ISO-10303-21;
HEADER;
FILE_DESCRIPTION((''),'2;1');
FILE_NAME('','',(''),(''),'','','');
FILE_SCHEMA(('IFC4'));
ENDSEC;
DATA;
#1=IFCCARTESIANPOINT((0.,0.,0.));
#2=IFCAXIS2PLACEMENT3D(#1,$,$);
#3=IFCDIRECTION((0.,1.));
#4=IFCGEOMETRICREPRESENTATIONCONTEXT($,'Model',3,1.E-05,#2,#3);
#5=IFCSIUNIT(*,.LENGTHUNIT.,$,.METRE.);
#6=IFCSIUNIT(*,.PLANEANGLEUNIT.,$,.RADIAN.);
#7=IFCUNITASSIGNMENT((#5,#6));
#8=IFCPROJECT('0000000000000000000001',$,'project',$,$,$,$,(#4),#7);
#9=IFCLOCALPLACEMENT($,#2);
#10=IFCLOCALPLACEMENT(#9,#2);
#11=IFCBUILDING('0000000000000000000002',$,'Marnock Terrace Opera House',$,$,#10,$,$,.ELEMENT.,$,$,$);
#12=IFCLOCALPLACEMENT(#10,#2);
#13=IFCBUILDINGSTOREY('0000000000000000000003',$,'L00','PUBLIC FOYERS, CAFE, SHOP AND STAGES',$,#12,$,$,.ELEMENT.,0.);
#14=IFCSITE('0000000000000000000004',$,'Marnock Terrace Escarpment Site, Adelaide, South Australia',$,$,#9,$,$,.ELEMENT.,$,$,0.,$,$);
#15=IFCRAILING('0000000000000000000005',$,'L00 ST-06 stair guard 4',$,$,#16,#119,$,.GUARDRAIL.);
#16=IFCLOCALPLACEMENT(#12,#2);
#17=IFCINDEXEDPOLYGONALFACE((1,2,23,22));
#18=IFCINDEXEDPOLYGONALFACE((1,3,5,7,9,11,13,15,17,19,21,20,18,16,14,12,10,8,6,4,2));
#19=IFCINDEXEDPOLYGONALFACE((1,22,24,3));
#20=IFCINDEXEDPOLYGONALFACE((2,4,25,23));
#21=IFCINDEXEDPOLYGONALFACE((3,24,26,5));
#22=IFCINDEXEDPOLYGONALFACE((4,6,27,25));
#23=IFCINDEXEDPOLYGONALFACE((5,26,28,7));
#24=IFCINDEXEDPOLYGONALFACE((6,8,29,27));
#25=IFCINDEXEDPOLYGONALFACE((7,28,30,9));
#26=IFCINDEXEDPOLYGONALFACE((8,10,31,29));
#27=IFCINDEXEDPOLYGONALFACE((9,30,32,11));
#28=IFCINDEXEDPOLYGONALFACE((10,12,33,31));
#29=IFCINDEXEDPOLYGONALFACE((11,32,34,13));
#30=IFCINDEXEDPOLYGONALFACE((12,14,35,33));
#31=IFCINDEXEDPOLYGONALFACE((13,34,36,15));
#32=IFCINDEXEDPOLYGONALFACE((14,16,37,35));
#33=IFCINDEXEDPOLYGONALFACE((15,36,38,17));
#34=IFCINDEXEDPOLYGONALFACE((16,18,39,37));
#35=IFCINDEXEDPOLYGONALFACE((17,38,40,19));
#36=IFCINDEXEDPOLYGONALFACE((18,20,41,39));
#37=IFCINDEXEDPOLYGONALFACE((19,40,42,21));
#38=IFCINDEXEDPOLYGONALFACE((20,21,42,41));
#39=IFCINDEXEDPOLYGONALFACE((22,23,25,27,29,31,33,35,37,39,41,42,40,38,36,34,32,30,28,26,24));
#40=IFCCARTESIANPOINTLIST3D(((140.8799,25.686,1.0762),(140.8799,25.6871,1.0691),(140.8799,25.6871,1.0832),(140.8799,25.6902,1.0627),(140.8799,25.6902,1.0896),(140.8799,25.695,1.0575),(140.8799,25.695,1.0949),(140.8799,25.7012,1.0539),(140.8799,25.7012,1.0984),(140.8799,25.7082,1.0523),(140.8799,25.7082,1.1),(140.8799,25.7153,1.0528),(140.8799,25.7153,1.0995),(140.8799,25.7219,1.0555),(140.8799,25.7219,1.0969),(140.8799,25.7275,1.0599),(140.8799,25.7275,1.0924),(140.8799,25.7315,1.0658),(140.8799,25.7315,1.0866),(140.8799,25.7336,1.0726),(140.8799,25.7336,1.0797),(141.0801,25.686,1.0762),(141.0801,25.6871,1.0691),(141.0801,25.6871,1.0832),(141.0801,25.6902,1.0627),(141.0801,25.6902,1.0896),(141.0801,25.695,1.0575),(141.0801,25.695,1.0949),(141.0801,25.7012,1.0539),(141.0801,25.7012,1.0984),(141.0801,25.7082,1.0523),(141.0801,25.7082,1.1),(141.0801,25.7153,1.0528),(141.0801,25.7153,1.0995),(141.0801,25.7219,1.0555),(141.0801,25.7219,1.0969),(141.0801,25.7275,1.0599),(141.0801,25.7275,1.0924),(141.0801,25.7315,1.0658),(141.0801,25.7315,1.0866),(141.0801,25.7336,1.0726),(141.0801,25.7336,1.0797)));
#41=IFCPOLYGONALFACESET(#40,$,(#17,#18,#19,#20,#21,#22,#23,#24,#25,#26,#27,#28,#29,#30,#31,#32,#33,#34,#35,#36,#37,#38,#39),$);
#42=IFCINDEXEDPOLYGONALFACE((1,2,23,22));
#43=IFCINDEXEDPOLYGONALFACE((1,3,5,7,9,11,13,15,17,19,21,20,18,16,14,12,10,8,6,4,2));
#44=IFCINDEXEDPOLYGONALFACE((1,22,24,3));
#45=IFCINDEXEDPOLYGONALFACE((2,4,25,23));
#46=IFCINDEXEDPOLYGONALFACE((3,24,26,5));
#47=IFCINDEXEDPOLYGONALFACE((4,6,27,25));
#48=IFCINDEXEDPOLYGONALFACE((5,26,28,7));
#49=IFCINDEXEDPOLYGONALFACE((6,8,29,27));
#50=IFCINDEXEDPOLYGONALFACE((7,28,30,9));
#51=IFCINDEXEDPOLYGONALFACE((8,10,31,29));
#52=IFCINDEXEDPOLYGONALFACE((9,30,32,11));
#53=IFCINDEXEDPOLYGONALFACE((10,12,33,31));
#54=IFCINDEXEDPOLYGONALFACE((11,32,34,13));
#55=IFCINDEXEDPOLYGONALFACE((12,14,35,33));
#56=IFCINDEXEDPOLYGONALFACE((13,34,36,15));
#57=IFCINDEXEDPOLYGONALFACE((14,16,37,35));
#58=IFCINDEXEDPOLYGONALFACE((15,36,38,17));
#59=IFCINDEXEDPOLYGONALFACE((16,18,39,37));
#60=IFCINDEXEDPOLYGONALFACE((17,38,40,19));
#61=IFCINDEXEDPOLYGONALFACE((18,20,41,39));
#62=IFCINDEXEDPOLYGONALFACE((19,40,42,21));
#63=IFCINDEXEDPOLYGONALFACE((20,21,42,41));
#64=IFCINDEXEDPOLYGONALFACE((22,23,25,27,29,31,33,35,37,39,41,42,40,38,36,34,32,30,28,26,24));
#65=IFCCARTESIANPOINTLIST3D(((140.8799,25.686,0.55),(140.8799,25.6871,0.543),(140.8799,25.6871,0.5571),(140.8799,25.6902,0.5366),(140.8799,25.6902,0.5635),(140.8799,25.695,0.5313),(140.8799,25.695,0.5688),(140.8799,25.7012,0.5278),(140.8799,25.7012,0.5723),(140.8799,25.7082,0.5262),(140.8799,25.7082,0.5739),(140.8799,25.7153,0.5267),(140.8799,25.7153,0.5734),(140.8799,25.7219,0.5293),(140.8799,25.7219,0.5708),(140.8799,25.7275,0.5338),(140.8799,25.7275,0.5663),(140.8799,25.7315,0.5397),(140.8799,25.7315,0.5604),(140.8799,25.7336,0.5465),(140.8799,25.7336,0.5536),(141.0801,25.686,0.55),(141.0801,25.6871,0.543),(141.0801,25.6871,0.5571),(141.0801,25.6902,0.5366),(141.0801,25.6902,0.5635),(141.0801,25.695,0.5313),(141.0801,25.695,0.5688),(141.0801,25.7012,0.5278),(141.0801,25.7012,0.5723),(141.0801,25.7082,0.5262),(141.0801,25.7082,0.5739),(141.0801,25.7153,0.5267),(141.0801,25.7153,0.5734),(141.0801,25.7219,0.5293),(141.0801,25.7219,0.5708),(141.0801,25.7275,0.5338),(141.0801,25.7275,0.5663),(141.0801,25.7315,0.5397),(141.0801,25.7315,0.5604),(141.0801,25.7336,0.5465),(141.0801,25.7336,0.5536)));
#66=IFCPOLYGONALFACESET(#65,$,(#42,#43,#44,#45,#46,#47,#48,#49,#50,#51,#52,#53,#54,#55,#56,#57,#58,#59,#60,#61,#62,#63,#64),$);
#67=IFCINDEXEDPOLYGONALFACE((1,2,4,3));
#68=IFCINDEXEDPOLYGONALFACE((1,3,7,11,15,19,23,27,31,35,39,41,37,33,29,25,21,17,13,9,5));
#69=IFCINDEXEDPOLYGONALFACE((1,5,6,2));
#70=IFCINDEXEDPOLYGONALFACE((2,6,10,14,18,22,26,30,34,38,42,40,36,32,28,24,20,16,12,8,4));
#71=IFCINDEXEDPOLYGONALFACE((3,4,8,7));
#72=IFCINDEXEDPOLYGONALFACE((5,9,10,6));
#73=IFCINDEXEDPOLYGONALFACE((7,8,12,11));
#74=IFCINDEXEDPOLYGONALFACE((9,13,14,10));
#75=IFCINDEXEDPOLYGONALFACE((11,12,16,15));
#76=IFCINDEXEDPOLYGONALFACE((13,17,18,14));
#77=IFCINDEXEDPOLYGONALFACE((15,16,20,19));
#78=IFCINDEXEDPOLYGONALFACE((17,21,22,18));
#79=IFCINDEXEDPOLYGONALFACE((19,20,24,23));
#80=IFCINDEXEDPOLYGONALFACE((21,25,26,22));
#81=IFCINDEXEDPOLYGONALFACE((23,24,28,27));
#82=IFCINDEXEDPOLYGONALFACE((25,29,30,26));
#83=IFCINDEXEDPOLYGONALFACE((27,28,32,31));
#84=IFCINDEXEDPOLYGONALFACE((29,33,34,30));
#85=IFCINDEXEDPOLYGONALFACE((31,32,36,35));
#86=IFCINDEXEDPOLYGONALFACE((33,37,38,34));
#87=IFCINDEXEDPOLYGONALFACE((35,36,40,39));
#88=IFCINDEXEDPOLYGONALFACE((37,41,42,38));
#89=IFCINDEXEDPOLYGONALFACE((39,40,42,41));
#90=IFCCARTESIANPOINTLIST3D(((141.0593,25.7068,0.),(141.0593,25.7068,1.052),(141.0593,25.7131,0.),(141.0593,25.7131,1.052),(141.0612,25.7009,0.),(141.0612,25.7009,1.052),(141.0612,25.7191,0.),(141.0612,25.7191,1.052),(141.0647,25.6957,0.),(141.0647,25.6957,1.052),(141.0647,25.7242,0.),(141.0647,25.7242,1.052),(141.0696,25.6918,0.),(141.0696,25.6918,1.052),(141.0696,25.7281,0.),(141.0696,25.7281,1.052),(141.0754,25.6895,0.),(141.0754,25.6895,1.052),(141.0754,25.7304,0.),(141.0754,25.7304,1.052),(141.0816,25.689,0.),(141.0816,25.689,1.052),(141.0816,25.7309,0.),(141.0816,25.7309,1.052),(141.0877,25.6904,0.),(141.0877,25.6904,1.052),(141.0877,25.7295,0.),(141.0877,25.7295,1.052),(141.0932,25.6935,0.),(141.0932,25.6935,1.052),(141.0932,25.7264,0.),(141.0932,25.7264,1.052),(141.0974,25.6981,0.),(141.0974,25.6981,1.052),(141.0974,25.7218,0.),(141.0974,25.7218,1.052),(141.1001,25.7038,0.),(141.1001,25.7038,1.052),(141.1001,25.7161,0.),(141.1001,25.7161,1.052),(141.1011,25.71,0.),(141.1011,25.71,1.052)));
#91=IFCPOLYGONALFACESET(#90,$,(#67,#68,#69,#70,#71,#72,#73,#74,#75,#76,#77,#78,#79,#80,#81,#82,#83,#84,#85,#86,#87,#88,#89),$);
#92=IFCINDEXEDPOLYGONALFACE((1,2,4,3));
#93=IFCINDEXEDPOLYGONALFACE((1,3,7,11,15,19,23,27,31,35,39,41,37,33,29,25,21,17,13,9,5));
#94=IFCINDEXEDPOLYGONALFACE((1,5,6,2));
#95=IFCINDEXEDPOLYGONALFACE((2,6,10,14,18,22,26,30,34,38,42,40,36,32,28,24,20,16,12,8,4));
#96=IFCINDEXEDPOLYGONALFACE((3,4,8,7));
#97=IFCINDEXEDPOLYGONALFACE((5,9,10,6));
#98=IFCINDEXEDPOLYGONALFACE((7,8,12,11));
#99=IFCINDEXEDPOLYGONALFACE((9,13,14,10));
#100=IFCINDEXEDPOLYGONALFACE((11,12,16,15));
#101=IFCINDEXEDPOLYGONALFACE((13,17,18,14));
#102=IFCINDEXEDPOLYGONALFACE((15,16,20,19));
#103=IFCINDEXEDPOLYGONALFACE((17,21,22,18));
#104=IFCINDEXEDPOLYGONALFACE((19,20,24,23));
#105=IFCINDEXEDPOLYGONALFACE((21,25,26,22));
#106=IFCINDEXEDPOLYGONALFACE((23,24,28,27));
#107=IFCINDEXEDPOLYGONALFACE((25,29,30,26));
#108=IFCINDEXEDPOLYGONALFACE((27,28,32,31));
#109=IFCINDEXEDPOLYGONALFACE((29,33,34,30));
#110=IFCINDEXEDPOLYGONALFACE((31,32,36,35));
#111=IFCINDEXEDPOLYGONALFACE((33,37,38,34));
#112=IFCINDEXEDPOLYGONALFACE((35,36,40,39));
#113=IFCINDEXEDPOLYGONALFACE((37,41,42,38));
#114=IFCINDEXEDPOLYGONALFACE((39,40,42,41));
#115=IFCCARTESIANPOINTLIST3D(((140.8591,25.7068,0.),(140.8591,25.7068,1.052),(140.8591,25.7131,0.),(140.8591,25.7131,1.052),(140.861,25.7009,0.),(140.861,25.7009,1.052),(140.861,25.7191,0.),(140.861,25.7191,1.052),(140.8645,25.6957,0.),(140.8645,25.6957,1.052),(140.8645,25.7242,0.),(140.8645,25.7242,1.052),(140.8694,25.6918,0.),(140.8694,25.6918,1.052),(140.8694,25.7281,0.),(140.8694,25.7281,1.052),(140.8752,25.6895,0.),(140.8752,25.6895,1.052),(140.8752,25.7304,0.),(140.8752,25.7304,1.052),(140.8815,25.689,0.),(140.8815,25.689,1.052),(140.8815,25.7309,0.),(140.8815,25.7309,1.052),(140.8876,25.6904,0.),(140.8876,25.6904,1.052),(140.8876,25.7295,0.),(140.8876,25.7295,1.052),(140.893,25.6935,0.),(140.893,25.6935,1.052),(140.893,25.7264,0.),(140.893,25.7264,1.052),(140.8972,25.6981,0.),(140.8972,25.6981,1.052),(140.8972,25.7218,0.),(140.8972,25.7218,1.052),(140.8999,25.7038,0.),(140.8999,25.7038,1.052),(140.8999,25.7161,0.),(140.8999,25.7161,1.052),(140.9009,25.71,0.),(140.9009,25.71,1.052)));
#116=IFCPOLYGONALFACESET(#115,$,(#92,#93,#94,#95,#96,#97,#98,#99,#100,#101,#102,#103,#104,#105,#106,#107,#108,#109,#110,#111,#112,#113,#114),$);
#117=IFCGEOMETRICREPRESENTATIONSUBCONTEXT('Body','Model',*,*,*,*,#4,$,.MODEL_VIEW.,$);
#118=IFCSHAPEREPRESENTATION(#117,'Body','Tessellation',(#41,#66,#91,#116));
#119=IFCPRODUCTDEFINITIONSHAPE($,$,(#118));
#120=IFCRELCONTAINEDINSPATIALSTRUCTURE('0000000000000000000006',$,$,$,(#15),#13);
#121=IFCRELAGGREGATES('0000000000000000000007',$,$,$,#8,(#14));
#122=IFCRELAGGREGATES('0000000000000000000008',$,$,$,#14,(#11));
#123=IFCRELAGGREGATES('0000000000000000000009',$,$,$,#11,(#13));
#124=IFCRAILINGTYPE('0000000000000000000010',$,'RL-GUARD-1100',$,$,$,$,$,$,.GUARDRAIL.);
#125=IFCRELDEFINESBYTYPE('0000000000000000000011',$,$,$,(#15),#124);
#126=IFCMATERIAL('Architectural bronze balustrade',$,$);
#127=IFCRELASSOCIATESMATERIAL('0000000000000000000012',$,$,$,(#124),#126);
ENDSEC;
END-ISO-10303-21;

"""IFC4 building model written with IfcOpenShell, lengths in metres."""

from ifc_helpers import new_model, si_unit, direction, frame, origin, origin_2d, place, context, subcontext, project, spatial, circle, extrude, material, type_object, element, save


model = new_model("IFC4")

# Units and contexts
model_context = context("Model", 3, precision=1e-05, world=origin(), true_north=direction((0.0, 1.0)))
body_context = subcontext(model_context, "Body", "Model", "MODEL_VIEW")
ifc_project = project(units=[si_unit("LENGTHUNIT", "METRE"), si_unit("PLANEANGLEUNIT", "RADIAN")], contexts=[model_context])

# Site, building, storey
site_placement = place(None, origin())
site = spatial("IfcSite", under=ifc_project, at=site_placement, Name="Marnock Terrace Escarpment Site, Adelaide, South Australia", CompositionType="ELEMENT", RefElevation=0.0)
building_placement = place(site_placement, origin())
building = spatial("IfcBuilding", under=site, at=building_placement, Name="Marnock Terrace Opera House", CompositionType="ELEMENT")
storey_placement = place(building_placement, origin())
storey = spatial("IfcBuildingStorey", under=building, at=storey_placement, Name="L00", Description="PUBLIC FOYERS, CAFE, SHOP AND STAGES", CompositionType="ELEMENT", Elevation=0.0)

# Railing
ifc_material_1 = material(Name="Architectural bronze balustrade")
railing_type_1 = type_object("IfcRailingType", Name="RL-GUARD-1100", PredefinedType="GUARDRAIL", material=ifc_material_1)
railing_1_placement = place(storey_placement, frame((141.0801, 25.71, 0.0)))
element("IfcRailing", 1, at=railing_1_placement, inside=storey, type_object=railing_type_1, Name="L00 ST-06 stair guard 4", PredefinedType="GUARDRAIL", context=body_context, shape_type="SweptSolid", body=[
    extrude(circle(Radius=0.0239, at=origin_2d()), frame((0.0, 0.0, 1.0762), z_axis=(-1.0, 0.0, 0.0), x_axis=(0.0, -1.0, 0.0)), (0.0, 0.0, 1.0), 0.2002),
    extrude(circle(Radius=0.0239, at=origin_2d()), frame((0.0, 0.0, 0.55), z_axis=(-1.0, 0.0, 0.0), x_axis=(0.0, -1.0, 0.0)), (0.0, 0.0, 1.0), 0.2002),
    extrude(circle(Radius=0.021, at=origin_2d()), origin(), (0.0, 0.0, 1.0), 1.052),
    extrude(circle(Radius=0.021, at=origin_2d()), frame((-0.2002, 0.0, 0.0)), (0.0, 0.0, 1.0), 1.052),
])

save(model, "model.ifc")
